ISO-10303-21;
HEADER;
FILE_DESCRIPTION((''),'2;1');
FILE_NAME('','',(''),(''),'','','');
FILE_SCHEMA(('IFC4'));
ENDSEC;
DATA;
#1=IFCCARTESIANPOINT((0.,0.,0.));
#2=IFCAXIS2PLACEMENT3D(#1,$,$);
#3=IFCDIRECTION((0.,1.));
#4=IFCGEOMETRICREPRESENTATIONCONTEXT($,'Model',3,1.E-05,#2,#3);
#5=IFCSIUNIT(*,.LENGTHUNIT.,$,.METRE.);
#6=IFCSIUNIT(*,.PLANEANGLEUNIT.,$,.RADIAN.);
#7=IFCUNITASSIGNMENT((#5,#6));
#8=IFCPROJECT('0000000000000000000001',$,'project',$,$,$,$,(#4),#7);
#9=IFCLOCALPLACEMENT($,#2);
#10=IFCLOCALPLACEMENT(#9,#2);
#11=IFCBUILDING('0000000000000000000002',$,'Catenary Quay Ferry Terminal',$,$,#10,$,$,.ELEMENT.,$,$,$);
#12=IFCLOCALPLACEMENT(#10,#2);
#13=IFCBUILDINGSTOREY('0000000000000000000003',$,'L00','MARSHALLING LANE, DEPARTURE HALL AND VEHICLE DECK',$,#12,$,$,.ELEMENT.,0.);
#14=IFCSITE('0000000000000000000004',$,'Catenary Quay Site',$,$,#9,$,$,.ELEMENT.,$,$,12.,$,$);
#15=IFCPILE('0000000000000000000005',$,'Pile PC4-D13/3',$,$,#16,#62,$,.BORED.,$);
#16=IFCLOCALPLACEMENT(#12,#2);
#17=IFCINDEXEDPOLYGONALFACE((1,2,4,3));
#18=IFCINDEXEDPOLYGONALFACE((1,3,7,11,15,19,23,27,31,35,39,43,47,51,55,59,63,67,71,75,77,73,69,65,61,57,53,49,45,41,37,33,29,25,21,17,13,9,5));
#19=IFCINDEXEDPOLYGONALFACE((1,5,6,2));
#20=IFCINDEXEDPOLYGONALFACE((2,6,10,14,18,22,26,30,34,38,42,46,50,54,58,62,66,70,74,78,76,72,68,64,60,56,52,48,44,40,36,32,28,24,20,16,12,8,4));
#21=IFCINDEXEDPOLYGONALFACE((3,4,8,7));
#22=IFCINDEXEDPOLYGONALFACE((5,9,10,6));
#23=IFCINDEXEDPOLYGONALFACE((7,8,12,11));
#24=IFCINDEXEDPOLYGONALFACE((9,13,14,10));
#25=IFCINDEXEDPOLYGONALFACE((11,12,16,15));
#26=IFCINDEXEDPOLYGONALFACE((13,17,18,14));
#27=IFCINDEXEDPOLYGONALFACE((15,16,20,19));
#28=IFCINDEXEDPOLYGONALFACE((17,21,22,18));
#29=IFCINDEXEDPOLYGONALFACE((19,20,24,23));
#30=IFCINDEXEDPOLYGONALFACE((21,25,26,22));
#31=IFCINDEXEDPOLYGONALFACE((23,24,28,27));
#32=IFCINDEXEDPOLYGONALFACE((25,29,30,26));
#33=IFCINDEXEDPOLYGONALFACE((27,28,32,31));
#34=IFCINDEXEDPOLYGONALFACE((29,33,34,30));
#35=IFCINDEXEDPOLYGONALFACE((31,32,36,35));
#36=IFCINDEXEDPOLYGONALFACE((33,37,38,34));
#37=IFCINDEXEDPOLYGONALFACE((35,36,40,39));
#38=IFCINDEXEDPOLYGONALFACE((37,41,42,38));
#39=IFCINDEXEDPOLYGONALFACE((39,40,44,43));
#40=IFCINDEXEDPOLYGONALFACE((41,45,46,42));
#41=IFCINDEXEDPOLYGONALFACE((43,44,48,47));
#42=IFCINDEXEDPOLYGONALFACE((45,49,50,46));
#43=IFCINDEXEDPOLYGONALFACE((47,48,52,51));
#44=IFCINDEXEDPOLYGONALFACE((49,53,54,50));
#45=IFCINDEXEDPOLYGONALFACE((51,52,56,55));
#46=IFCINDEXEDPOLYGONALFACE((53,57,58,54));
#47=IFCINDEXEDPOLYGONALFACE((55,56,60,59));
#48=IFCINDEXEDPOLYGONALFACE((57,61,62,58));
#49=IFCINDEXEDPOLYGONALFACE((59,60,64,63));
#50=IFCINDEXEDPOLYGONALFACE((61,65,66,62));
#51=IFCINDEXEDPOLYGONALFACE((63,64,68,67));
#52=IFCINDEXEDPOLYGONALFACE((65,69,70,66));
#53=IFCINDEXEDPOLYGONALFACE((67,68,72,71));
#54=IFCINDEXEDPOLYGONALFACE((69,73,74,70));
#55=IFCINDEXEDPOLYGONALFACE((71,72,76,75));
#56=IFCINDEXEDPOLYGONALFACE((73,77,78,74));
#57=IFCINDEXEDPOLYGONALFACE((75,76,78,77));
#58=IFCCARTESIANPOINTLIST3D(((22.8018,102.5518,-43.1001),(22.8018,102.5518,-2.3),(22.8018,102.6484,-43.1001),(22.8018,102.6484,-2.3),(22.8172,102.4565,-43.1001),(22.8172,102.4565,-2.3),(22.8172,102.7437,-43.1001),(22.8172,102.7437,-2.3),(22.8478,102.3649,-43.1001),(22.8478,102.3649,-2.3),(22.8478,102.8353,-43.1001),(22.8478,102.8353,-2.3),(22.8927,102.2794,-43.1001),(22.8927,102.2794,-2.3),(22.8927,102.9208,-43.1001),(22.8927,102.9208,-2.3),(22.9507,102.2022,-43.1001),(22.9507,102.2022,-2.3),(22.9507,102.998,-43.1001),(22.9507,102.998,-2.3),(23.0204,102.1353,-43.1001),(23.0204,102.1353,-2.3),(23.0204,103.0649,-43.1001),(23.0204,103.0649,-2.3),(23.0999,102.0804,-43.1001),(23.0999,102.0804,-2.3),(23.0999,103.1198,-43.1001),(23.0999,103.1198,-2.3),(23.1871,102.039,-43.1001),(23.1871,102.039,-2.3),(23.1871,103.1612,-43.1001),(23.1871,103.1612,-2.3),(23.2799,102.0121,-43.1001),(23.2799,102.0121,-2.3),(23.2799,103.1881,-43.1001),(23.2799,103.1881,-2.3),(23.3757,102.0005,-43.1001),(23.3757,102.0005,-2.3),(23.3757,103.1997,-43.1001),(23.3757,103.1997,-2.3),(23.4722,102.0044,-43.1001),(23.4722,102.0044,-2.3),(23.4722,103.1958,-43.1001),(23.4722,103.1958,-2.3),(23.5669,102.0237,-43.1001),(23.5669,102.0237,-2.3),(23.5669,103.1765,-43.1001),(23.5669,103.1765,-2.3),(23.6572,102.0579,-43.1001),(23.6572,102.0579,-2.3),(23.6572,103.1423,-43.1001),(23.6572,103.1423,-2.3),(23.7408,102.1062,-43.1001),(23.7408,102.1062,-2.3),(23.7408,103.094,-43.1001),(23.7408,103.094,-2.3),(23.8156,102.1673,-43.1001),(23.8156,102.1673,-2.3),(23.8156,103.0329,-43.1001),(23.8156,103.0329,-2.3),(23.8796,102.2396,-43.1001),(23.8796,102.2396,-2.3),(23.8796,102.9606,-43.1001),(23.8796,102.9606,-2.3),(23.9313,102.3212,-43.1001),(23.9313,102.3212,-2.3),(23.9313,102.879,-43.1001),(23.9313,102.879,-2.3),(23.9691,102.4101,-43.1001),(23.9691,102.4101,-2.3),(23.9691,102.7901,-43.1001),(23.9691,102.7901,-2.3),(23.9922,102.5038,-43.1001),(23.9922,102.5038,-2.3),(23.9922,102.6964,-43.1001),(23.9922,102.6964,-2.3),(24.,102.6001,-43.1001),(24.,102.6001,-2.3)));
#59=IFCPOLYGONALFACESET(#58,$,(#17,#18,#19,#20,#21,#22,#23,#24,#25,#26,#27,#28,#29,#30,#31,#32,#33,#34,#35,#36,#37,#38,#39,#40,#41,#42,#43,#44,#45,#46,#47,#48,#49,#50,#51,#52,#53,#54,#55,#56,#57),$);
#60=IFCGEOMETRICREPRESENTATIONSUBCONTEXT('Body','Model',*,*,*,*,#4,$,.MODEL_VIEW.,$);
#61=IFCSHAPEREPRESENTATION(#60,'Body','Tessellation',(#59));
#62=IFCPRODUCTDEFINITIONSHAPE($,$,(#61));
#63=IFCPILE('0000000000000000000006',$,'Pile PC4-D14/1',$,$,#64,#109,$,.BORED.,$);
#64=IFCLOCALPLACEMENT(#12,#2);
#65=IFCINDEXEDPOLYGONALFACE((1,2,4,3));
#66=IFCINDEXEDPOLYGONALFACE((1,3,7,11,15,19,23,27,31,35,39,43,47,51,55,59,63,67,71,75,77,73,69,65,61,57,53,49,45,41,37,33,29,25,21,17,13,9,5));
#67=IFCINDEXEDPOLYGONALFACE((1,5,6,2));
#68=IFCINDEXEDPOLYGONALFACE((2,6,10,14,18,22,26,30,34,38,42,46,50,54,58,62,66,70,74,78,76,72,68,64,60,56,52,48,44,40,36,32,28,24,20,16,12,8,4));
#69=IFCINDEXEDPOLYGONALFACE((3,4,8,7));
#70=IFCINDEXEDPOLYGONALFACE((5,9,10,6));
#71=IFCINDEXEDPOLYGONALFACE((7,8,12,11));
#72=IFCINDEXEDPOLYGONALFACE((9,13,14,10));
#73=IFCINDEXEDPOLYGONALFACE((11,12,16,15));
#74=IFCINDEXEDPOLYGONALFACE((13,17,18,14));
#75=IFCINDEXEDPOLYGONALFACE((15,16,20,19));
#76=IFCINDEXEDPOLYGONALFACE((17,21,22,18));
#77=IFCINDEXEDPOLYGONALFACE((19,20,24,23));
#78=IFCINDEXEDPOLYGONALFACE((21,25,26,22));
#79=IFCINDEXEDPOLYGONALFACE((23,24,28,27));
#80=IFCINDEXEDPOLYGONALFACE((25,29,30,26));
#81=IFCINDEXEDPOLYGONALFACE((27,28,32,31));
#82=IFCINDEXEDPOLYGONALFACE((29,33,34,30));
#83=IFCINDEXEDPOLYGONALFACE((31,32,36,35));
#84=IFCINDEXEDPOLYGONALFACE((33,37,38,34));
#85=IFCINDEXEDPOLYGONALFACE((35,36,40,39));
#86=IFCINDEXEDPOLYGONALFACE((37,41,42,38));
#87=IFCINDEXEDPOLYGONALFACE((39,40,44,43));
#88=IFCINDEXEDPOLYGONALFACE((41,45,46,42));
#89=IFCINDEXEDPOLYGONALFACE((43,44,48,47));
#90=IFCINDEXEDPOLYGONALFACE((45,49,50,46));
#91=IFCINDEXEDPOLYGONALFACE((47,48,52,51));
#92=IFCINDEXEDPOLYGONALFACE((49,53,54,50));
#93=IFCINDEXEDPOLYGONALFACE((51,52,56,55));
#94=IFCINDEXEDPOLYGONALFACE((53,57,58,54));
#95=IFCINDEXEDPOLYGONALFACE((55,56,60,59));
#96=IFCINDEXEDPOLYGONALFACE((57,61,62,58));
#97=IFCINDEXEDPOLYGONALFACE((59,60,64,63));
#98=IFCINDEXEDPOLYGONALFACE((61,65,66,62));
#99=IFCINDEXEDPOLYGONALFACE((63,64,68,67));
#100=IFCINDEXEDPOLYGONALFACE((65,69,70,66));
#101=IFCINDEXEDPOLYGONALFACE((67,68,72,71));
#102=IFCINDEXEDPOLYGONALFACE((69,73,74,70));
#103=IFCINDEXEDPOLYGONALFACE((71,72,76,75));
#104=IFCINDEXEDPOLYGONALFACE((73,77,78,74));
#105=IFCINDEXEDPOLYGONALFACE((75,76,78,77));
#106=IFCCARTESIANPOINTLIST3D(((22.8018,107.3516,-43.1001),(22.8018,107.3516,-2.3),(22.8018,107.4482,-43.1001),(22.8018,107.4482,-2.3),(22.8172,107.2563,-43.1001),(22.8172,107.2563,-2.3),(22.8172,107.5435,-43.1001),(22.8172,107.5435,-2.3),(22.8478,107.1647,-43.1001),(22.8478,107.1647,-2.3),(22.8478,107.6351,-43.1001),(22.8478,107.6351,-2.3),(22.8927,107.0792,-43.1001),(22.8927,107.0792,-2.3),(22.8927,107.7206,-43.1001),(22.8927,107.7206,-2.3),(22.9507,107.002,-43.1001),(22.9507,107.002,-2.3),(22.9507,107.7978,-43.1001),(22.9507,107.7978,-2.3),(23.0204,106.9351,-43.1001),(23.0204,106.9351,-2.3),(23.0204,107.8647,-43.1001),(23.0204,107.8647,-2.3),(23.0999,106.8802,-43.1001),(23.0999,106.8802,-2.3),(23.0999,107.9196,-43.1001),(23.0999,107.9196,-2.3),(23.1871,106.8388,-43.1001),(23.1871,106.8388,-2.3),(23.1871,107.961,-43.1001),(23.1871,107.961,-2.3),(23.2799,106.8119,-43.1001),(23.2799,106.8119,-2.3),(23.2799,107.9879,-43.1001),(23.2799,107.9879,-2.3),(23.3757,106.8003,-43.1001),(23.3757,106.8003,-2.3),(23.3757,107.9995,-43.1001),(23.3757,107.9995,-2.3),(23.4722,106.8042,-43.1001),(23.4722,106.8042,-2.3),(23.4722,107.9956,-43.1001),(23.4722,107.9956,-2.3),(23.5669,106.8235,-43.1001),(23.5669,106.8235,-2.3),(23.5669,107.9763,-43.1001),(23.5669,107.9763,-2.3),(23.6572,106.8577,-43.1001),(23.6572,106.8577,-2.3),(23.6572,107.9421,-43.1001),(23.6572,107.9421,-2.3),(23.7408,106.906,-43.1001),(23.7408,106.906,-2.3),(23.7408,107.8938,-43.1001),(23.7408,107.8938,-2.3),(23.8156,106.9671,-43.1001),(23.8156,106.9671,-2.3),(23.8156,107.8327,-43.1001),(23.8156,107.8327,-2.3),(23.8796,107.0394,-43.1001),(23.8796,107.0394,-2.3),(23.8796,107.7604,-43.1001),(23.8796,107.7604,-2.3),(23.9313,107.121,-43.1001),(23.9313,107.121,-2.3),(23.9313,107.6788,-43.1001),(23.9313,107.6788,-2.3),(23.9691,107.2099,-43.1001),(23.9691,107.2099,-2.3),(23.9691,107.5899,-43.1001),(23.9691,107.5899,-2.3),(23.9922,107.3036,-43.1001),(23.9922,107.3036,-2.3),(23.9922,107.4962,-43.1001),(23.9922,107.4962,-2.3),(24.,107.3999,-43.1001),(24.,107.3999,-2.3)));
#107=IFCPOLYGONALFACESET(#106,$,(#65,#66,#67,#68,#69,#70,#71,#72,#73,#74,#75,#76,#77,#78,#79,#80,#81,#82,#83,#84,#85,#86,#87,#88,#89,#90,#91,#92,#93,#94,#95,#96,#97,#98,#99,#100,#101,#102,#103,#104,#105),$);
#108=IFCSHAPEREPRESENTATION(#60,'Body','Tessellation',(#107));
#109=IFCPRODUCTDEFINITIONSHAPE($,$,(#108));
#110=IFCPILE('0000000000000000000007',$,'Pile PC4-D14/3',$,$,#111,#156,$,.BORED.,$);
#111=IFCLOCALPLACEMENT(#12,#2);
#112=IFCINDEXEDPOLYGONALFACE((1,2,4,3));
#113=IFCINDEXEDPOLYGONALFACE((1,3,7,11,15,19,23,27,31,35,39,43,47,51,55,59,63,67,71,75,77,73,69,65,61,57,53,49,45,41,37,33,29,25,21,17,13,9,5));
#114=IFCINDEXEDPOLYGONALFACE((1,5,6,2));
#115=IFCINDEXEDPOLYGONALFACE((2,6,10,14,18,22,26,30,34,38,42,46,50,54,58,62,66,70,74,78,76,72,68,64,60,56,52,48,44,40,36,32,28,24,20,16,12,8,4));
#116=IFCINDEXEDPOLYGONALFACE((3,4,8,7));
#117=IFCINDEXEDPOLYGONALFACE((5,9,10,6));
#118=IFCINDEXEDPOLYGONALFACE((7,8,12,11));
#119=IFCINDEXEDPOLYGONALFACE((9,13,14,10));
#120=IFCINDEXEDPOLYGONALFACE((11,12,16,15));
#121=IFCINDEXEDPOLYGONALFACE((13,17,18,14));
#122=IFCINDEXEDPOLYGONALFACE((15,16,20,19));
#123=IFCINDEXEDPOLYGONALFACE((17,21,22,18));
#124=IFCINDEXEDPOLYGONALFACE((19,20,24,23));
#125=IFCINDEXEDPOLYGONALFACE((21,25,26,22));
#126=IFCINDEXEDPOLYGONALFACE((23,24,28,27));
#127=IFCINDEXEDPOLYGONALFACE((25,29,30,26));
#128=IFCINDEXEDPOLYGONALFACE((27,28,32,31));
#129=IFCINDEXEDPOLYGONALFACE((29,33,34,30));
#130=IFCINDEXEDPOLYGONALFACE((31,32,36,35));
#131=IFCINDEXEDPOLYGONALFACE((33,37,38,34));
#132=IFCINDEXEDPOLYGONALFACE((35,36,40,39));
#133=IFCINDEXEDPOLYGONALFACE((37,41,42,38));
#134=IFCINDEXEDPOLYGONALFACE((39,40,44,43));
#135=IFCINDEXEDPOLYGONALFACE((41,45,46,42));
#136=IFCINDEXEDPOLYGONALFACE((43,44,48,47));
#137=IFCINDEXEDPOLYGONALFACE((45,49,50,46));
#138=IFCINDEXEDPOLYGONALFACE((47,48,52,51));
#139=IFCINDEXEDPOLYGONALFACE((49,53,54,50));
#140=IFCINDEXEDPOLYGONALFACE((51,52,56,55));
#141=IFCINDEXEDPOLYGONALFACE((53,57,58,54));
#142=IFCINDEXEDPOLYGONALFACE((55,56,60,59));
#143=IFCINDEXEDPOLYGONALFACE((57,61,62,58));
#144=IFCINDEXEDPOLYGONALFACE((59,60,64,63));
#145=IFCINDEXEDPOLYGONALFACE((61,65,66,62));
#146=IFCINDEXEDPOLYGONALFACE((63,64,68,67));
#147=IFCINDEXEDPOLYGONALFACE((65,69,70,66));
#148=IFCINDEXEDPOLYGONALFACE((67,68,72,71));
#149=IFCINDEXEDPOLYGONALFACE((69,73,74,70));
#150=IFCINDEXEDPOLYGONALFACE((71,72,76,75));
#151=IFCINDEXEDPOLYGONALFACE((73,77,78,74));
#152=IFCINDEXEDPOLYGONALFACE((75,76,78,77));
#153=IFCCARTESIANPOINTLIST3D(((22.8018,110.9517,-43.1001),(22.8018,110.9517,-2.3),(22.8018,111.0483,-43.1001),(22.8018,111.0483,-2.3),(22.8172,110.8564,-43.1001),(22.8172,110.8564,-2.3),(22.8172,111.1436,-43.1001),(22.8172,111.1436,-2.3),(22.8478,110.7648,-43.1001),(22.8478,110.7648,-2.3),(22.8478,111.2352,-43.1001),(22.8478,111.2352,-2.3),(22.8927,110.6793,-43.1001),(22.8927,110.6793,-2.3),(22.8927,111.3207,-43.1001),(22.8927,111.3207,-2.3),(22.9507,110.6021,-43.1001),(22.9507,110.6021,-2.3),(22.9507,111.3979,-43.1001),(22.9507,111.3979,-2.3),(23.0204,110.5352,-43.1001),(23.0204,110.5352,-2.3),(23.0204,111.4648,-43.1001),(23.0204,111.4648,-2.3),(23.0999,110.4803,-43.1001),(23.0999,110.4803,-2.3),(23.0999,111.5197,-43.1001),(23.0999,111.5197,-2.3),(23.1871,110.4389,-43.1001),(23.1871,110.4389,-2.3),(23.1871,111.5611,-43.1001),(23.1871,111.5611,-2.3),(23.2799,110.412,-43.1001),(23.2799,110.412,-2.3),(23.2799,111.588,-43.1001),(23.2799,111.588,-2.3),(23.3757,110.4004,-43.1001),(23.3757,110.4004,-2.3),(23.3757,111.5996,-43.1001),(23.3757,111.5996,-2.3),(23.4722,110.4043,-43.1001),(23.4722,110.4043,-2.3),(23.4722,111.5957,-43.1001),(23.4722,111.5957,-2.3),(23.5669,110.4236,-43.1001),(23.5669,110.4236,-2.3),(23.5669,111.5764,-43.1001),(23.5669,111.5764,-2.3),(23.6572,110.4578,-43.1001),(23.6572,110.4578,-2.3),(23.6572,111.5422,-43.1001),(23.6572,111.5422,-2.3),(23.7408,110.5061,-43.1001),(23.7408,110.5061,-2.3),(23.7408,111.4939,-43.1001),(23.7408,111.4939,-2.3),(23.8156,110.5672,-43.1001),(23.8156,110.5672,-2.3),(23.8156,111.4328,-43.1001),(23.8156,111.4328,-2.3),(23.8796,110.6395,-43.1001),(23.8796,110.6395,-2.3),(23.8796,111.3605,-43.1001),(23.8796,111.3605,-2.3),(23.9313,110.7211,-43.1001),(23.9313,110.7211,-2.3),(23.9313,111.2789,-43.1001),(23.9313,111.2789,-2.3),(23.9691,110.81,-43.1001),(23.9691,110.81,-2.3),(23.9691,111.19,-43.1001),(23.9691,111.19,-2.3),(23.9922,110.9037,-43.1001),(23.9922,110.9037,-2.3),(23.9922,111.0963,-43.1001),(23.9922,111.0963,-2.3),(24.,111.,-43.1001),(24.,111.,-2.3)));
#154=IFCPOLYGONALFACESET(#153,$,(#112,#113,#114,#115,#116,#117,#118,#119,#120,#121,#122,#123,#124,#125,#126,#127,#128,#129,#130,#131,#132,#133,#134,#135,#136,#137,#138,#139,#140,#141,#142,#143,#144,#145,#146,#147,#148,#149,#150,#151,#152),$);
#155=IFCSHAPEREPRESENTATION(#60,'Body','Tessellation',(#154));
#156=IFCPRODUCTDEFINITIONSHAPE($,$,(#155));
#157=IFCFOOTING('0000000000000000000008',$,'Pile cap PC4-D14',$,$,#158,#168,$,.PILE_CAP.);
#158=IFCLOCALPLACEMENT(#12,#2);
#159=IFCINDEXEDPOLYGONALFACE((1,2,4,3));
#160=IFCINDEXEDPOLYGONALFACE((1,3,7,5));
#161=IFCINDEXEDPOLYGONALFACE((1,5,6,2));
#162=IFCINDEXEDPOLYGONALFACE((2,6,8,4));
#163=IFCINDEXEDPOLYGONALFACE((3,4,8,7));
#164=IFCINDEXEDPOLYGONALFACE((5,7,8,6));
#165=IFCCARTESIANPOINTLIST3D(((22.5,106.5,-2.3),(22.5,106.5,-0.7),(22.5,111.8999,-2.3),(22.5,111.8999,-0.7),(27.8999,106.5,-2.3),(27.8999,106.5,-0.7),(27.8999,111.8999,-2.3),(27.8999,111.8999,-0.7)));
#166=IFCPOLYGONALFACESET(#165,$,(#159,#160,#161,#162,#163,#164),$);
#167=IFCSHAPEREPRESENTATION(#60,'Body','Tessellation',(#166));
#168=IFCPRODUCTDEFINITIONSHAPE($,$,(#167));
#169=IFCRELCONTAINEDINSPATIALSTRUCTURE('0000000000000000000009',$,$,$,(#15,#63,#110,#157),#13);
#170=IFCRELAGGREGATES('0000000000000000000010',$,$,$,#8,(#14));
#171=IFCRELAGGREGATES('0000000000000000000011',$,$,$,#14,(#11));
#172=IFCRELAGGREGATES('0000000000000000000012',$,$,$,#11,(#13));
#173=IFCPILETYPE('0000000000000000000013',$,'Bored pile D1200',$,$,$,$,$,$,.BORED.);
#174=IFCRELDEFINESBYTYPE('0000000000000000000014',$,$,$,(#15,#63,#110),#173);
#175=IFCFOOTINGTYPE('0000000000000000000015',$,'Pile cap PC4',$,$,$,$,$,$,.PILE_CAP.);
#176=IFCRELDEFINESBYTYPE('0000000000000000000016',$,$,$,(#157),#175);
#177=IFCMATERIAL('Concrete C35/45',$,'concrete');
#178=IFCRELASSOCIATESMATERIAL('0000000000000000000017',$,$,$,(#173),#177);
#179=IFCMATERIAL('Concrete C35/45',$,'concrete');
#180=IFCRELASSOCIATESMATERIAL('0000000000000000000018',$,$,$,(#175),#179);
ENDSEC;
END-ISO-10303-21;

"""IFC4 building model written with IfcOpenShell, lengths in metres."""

from ifc_helpers import new_model, si_unit, direction, frame, origin, origin_2d, place, context, subcontext, project, spatial, rectangle, circle, extrude, material, material_profile, profile_set, type_object, element, save


model = new_model("IFC4")

# Units and contexts
model_context = context("Model", 3, precision=1e-05, world=origin(), true_north=direction((0.0, 1.0)))
body_context = subcontext(model_context, "Body", "Model", "MODEL_VIEW")
ifc_project = project(units=[si_unit("LENGTHUNIT", "METRE"), si_unit("PLANEANGLEUNIT", "RADIAN")], contexts=[model_context])

# Site, building, storey
site_placement = place(None, origin())
site = spatial("IfcSite", under=ifc_project, at=site_placement, Name="Catenary Quay Site", CompositionType="ELEMENT", RefElevation=12.0)
building_placement = place(site_placement, origin())
building = spatial("IfcBuilding", under=site, at=building_placement, Name="Catenary Quay Ferry Terminal", CompositionType="ELEMENT")
storey_placement = place(building_placement, origin())
storey = spatial("IfcBuildingStorey", under=building, at=storey_placement, Name="L00", Description="MARSHALLING LANE, DEPARTURE HALL AND VEHICLE DECK", CompositionType="ELEMENT", Elevation=0.0)

# Piles
ifc_material_1 = material(Name="Concrete C35/45", Category="concrete")
ifc_material_profile_1 = material_profile(ifc_material_1, circle(Radius=0.6001, at=origin_2d()), Name="D1200")
ifc_profile_set_1 = profile_set([ifc_material_profile_1], Name="Concrete C35/45")
pile_type = type_object("IfcPileType", Name="Bored pile D1200", PredefinedType="BORED", material=ifc_profile_set_1)
for number, where, z_axis, x_axis, name in (
    (1, (23.3999, 102.6001, -2.3), (0.0, 0.0, -1.0), (1.0, 0.0, 0.0), "Pile PC4-D13/3"),
    (2, (23.3999, 107.3999, -2.3), (0.0, 0.0, -1.0), (1.0, 0.0, 0.0), "Pile PC4-D14/1"),
    (3, (23.3999, 111.0, -2.3), (0.0, 0.0, -1.0), (1.0, 0.0, 0.0), "Pile PC4-D14/3"),
):
    element("IfcPile", number, at=place(storey_placement, frame(where, z_axis=z_axis, x_axis=x_axis)), inside=storey, type_object=pile_type, Name=name, PredefinedType="BORED", context=body_context, shape_type="SweptSolid", body=[
        extrude(circle(Radius=0.6001, at=origin_2d()), origin(), (0.0, 0.0, 1.0), 40.8),
    ])

# Footing
ifc_material_2 = material(Name="Concrete C35/45", Category="concrete")
footing_type = type_object("IfcFootingType", Name="Pile cap PC4", PredefinedType="PILE_CAP", material=ifc_material_2)
footing_placement = place(storey_placement, frame((25.2, 109.2, -2.3), z_axis=(0.0, 0.0, 1.0), x_axis=(1.0, 0.0, 0.0)))
element("IfcFooting", 4, at=footing_placement, inside=storey, type_object=footing_type, Name="Pile cap PC4-D14", PredefinedType="PILE_CAP", context=body_context, shape_type="SweptSolid", body=[
    extrude(rectangle(XDim=5.3999, YDim=5.3999, at=origin_2d()), origin(), (0.0, 0.0, 1.0), 1.6001),
])

save(model, "model.ifc")
